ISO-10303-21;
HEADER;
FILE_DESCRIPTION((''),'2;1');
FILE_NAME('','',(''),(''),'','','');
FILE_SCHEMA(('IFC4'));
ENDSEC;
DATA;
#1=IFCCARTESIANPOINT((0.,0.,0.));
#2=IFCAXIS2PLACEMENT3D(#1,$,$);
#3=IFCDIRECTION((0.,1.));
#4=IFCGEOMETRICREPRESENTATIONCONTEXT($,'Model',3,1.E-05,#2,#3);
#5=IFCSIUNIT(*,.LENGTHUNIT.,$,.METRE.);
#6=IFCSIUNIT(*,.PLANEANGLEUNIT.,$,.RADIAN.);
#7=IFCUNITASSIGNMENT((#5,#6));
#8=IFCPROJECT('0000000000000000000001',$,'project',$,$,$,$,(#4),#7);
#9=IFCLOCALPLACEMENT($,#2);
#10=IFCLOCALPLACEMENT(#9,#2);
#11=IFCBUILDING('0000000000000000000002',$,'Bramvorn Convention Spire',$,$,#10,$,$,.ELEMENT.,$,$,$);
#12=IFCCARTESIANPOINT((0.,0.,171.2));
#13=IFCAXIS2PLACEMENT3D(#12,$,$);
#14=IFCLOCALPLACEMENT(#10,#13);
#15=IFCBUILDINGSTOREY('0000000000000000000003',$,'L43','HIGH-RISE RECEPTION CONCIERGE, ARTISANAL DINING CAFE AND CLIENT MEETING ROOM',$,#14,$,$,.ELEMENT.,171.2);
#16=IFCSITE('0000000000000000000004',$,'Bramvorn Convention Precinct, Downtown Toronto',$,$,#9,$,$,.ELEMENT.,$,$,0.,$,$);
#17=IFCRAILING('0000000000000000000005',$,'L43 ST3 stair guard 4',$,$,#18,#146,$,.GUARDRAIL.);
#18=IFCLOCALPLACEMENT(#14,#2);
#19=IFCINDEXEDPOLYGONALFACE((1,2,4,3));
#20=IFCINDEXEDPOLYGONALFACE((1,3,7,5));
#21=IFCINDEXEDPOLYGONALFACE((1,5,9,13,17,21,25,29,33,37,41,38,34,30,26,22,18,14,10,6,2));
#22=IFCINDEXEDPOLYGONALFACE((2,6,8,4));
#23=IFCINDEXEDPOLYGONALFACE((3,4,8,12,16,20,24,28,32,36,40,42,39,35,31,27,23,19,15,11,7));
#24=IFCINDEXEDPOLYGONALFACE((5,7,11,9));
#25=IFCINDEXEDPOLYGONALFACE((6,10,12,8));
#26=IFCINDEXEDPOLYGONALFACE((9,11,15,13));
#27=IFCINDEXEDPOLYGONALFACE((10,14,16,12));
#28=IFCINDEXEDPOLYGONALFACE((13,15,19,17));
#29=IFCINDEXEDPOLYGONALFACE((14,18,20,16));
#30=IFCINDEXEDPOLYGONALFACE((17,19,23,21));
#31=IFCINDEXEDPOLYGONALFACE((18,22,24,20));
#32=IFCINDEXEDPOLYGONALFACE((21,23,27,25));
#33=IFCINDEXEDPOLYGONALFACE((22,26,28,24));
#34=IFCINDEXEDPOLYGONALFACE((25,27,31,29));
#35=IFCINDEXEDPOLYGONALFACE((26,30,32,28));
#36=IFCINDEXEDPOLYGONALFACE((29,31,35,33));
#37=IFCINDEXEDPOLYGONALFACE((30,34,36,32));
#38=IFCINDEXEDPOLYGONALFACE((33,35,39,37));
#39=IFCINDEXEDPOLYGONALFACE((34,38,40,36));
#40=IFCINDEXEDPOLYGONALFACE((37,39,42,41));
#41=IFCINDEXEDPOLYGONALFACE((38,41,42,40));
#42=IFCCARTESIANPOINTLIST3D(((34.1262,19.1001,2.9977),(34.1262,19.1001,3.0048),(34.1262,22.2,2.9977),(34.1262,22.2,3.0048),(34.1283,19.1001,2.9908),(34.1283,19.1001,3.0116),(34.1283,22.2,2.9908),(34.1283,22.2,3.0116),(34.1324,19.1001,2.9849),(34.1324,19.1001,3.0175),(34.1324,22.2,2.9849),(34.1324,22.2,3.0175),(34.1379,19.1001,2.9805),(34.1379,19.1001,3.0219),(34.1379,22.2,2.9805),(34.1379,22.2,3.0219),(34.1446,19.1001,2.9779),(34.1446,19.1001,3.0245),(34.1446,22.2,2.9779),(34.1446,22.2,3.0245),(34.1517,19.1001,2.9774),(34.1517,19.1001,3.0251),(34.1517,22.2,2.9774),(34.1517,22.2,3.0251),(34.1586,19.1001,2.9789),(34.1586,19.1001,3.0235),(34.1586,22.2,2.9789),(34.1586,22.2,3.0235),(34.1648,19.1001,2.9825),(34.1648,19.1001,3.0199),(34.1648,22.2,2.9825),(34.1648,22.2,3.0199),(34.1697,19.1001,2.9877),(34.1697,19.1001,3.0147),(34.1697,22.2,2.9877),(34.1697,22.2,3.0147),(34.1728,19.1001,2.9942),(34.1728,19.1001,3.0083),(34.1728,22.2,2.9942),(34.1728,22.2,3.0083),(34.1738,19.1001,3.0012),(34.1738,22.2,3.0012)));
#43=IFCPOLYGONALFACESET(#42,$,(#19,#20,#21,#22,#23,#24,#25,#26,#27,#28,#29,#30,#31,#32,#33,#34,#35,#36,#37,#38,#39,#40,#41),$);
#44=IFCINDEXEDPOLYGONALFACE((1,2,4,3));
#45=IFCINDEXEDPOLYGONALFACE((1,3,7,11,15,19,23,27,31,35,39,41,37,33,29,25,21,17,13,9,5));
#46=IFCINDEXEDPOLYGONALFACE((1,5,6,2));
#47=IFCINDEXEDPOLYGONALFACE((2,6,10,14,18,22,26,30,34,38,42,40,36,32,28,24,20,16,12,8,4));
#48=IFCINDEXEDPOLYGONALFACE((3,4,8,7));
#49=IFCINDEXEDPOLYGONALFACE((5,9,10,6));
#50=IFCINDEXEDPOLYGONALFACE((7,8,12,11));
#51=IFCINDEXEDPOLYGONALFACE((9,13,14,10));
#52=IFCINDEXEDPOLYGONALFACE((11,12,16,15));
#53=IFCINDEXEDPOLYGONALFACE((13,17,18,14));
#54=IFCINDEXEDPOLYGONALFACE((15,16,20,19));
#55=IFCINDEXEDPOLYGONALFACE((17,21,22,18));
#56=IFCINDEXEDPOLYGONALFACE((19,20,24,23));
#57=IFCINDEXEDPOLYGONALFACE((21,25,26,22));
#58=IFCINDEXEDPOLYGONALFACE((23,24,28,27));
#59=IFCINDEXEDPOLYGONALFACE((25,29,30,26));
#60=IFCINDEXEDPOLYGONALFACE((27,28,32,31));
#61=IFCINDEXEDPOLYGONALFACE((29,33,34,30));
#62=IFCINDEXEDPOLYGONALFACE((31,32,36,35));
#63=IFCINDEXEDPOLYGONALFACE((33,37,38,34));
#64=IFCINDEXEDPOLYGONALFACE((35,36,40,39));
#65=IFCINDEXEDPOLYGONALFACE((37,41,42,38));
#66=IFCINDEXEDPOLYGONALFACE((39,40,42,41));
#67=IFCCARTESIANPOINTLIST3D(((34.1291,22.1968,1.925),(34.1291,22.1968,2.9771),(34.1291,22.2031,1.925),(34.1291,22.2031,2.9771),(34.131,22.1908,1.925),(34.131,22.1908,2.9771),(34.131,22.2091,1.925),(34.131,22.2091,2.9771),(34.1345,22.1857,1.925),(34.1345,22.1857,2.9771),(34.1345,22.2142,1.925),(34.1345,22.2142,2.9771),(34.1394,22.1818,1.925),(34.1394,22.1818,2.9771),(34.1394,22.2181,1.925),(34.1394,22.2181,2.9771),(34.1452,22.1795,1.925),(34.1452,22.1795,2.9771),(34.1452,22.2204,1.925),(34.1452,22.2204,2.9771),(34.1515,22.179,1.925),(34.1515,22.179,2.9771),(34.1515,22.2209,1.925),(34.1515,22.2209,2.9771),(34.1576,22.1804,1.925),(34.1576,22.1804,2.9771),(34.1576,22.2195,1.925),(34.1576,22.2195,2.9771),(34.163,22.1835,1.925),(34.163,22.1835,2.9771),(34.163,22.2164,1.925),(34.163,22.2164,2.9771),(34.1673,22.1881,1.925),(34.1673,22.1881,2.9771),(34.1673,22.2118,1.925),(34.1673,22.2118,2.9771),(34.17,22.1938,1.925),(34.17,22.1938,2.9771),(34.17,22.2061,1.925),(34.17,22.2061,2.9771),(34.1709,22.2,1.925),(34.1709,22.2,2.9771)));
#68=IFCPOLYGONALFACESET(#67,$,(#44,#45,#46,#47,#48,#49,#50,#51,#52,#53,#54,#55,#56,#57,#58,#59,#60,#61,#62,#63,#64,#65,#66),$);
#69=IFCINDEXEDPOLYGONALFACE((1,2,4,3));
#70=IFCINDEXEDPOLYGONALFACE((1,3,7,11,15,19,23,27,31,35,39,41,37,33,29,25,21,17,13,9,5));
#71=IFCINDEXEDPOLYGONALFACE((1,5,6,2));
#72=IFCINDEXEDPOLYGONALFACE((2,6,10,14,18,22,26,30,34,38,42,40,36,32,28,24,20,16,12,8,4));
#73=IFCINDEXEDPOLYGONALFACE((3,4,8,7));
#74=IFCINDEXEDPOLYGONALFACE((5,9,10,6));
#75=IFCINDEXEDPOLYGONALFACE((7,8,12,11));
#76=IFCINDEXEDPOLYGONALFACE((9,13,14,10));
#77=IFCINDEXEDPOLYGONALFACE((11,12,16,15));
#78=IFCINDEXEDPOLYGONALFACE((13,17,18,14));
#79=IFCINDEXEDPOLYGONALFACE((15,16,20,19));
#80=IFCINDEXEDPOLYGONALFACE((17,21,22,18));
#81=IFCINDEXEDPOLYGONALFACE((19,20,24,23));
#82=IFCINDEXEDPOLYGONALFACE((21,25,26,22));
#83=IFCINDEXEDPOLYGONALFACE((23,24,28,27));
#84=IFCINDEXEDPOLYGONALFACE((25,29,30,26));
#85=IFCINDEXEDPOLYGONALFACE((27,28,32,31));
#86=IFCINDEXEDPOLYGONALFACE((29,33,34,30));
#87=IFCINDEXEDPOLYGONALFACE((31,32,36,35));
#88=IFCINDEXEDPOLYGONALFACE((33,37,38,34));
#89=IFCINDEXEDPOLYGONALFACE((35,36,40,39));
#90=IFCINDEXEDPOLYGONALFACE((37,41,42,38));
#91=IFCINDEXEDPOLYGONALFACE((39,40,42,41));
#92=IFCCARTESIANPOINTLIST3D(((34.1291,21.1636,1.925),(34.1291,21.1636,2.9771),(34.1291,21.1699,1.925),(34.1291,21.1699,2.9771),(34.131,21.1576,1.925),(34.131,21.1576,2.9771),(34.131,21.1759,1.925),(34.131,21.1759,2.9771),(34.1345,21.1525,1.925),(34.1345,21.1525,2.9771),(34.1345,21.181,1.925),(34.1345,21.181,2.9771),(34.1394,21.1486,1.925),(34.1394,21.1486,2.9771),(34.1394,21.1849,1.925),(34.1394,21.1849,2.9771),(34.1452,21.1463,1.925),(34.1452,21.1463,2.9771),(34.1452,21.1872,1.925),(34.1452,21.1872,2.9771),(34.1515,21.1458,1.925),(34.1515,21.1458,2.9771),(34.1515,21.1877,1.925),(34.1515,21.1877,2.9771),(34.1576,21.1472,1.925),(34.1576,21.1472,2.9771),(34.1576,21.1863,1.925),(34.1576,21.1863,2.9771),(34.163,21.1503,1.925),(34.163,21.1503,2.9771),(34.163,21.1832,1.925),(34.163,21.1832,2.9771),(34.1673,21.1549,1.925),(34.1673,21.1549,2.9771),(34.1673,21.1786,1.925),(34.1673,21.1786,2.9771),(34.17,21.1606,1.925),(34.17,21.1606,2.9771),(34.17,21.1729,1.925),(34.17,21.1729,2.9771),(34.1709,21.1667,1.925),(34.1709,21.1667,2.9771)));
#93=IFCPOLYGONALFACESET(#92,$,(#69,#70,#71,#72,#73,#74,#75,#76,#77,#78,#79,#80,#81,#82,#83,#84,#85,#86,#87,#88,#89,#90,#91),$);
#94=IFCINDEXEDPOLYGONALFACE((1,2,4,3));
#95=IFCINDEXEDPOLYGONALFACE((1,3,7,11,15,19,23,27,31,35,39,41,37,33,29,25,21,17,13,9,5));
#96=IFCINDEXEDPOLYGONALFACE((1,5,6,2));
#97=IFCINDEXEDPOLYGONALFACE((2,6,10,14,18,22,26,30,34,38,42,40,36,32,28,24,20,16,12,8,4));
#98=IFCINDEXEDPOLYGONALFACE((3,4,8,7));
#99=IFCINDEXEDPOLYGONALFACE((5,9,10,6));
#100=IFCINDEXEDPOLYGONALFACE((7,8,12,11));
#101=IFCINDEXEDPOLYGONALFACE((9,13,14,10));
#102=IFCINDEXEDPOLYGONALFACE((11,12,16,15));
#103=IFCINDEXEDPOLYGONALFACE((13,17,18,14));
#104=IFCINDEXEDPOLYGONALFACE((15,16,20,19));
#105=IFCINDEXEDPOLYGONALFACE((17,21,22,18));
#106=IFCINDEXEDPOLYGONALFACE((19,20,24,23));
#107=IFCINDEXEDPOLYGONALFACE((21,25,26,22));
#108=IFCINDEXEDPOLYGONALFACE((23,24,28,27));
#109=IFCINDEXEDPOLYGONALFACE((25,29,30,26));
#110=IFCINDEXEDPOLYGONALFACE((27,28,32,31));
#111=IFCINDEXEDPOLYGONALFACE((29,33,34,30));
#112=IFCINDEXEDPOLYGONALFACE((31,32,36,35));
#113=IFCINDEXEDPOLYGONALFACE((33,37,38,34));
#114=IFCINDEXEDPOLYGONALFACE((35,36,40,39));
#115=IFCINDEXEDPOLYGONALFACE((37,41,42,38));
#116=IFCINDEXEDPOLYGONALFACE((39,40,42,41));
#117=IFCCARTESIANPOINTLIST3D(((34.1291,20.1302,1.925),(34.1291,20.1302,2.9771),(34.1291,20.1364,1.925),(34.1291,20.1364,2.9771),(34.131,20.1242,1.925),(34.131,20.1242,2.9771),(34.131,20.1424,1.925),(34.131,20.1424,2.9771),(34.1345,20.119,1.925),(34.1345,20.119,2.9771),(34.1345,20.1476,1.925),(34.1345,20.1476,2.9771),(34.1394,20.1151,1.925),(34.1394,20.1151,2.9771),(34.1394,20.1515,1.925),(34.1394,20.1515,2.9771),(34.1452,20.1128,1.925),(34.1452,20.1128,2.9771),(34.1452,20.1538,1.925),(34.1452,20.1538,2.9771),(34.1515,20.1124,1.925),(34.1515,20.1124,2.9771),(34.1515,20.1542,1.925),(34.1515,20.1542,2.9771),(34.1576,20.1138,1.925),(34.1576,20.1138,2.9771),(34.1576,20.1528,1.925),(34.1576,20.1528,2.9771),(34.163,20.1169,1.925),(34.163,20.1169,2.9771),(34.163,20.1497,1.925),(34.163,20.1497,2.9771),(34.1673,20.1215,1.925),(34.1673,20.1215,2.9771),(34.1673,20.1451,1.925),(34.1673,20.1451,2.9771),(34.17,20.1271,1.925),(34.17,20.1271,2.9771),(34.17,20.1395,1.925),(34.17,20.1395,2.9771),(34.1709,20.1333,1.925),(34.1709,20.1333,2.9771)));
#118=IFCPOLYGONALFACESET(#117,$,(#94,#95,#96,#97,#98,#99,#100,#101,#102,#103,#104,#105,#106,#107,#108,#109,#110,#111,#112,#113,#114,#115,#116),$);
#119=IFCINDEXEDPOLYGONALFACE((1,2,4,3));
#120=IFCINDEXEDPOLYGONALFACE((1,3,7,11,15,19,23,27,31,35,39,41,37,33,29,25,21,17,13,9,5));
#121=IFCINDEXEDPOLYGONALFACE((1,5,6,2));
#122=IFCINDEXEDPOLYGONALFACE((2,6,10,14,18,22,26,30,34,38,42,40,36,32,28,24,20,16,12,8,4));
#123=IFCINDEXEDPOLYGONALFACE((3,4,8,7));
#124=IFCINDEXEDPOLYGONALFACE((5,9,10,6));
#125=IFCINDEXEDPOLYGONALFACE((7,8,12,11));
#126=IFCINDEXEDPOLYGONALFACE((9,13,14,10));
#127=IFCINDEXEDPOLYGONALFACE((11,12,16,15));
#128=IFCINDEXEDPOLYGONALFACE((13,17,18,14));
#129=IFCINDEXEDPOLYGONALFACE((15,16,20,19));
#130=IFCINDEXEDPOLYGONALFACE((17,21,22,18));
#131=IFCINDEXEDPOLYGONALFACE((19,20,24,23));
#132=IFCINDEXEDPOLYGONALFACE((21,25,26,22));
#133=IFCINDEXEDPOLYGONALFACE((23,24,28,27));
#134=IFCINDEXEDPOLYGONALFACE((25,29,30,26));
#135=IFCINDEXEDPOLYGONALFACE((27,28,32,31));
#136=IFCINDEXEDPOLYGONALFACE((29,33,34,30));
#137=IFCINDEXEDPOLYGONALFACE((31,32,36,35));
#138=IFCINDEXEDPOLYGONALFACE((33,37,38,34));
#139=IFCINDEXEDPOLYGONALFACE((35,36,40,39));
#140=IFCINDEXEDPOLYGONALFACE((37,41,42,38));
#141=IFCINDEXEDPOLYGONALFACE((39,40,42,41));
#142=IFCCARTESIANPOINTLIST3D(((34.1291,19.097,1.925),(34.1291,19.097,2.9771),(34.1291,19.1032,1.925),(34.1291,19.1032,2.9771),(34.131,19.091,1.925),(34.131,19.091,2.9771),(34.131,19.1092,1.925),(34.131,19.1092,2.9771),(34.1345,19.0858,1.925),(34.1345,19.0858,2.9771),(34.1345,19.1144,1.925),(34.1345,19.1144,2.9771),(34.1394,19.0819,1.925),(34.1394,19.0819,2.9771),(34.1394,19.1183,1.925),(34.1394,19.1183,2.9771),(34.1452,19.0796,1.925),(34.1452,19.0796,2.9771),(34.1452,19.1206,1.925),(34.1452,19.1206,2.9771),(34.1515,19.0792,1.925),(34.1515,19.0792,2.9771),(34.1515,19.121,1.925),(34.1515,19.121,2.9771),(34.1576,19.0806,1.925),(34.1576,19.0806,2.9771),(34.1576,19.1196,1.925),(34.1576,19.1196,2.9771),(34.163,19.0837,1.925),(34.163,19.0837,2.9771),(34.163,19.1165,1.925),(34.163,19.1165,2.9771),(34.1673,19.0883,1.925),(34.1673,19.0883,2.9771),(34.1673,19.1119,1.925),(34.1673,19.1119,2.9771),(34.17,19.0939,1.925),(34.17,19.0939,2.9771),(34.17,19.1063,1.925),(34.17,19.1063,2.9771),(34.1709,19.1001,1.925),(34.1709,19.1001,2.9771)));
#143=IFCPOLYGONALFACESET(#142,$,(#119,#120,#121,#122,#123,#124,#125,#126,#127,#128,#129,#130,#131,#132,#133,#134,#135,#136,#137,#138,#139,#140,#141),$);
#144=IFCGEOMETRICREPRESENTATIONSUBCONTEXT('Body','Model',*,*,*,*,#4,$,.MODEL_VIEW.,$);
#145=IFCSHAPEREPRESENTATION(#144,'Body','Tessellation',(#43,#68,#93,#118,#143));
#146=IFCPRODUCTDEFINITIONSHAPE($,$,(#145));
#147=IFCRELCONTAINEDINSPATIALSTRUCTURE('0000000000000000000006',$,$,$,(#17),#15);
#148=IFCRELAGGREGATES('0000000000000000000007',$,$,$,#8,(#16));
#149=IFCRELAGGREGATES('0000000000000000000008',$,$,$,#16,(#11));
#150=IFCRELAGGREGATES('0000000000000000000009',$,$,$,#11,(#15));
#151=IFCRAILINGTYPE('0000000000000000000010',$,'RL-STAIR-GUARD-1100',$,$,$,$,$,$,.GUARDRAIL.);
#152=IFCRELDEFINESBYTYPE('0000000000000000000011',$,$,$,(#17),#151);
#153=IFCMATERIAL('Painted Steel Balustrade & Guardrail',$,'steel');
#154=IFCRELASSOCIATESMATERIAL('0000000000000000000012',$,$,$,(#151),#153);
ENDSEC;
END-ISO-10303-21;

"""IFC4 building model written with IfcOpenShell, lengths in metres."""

from ifc_helpers import new_model, si_unit, direction, frame, origin, origin_2d, place, context, subcontext, project, spatial, circle, extrude, material, type_object, element, save


model = new_model("IFC4")

# Units and contexts
model_context = context("Model", 3, precision=1e-05, world=origin(), true_north=direction((0.0, 1.0)))
body_context = subcontext(model_context, "Body", "Model", "MODEL_VIEW")
ifc_project = project(units=[si_unit("LENGTHUNIT", "METRE"), si_unit("PLANEANGLEUNIT", "RADIAN")], contexts=[model_context])

# Site, building, storey
site_placement = place(None, origin())
site = spatial("IfcSite", under=ifc_project, at=site_placement, Name="Bramvorn Convention Precinct, Downtown Toronto", CompositionType="ELEMENT", RefElevation=0.0)
building_placement = place(site_placement, origin())
building = spatial("IfcBuilding", under=site, at=building_placement, Name="Bramvorn Convention Spire", CompositionType="ELEMENT")
storey_placement = place(building_placement, frame((0.0, 0.0, 171.2)))
storey = spatial("IfcBuildingStorey", under=building, at=storey_placement, Name="L43", Description="HIGH-RISE RECEPTION CONCIERGE, ARTISANAL DINING CAFE AND CLIENT MEETING ROOM", CompositionType="ELEMENT", Elevation=171.2)

# Railing
ifc_material_1 = material(Name="Painted Steel Balustrade & Guardrail", Category="steel")
railing_type_1 = type_object("IfcRailingType", Name="RL-STAIR-GUARD-1100", PredefinedType="GUARDRAIL", material=ifc_material_1)
railing_1_placement = place(storey_placement, frame((34.1499, 22.2, 1.925)))
element("IfcRailing", 1, at=railing_1_placement, inside=storey, type_object=railing_type_1, Name="L43 ST3 stair guard 4", PredefinedType="GUARDRAIL", context=body_context, shape_type="SweptSolid", body=[
    extrude(circle(Radius=0.0239, at=origin_2d()), frame((0.0, 0.0, 1.0762), z_axis=(0.0, -1.0, 0.0), x_axis=(1.0, 0.0, 0.0)), (0.0, 0.0, 1.0), 3.0999),
    extrude(circle(Radius=0.021, at=origin_2d()), origin(), (0.0, 0.0, 1.0), 1.052),
    extrude(circle(Radius=0.021, at=origin_2d()), frame((0.0, -1.0332, 0.0)), (0.0, 0.0, 1.0), 1.052),
    extrude(circle(Radius=0.021, at=origin_2d()), frame((0.0, -2.0667, 0.0)), (0.0, 0.0, 1.0), 1.052),
    extrude(circle(Radius=0.021, at=origin_2d()), frame((0.0, -3.0999, 0.0)), (0.0, 0.0, 1.0), 1.052),
])

save(model, "model.ifc")
